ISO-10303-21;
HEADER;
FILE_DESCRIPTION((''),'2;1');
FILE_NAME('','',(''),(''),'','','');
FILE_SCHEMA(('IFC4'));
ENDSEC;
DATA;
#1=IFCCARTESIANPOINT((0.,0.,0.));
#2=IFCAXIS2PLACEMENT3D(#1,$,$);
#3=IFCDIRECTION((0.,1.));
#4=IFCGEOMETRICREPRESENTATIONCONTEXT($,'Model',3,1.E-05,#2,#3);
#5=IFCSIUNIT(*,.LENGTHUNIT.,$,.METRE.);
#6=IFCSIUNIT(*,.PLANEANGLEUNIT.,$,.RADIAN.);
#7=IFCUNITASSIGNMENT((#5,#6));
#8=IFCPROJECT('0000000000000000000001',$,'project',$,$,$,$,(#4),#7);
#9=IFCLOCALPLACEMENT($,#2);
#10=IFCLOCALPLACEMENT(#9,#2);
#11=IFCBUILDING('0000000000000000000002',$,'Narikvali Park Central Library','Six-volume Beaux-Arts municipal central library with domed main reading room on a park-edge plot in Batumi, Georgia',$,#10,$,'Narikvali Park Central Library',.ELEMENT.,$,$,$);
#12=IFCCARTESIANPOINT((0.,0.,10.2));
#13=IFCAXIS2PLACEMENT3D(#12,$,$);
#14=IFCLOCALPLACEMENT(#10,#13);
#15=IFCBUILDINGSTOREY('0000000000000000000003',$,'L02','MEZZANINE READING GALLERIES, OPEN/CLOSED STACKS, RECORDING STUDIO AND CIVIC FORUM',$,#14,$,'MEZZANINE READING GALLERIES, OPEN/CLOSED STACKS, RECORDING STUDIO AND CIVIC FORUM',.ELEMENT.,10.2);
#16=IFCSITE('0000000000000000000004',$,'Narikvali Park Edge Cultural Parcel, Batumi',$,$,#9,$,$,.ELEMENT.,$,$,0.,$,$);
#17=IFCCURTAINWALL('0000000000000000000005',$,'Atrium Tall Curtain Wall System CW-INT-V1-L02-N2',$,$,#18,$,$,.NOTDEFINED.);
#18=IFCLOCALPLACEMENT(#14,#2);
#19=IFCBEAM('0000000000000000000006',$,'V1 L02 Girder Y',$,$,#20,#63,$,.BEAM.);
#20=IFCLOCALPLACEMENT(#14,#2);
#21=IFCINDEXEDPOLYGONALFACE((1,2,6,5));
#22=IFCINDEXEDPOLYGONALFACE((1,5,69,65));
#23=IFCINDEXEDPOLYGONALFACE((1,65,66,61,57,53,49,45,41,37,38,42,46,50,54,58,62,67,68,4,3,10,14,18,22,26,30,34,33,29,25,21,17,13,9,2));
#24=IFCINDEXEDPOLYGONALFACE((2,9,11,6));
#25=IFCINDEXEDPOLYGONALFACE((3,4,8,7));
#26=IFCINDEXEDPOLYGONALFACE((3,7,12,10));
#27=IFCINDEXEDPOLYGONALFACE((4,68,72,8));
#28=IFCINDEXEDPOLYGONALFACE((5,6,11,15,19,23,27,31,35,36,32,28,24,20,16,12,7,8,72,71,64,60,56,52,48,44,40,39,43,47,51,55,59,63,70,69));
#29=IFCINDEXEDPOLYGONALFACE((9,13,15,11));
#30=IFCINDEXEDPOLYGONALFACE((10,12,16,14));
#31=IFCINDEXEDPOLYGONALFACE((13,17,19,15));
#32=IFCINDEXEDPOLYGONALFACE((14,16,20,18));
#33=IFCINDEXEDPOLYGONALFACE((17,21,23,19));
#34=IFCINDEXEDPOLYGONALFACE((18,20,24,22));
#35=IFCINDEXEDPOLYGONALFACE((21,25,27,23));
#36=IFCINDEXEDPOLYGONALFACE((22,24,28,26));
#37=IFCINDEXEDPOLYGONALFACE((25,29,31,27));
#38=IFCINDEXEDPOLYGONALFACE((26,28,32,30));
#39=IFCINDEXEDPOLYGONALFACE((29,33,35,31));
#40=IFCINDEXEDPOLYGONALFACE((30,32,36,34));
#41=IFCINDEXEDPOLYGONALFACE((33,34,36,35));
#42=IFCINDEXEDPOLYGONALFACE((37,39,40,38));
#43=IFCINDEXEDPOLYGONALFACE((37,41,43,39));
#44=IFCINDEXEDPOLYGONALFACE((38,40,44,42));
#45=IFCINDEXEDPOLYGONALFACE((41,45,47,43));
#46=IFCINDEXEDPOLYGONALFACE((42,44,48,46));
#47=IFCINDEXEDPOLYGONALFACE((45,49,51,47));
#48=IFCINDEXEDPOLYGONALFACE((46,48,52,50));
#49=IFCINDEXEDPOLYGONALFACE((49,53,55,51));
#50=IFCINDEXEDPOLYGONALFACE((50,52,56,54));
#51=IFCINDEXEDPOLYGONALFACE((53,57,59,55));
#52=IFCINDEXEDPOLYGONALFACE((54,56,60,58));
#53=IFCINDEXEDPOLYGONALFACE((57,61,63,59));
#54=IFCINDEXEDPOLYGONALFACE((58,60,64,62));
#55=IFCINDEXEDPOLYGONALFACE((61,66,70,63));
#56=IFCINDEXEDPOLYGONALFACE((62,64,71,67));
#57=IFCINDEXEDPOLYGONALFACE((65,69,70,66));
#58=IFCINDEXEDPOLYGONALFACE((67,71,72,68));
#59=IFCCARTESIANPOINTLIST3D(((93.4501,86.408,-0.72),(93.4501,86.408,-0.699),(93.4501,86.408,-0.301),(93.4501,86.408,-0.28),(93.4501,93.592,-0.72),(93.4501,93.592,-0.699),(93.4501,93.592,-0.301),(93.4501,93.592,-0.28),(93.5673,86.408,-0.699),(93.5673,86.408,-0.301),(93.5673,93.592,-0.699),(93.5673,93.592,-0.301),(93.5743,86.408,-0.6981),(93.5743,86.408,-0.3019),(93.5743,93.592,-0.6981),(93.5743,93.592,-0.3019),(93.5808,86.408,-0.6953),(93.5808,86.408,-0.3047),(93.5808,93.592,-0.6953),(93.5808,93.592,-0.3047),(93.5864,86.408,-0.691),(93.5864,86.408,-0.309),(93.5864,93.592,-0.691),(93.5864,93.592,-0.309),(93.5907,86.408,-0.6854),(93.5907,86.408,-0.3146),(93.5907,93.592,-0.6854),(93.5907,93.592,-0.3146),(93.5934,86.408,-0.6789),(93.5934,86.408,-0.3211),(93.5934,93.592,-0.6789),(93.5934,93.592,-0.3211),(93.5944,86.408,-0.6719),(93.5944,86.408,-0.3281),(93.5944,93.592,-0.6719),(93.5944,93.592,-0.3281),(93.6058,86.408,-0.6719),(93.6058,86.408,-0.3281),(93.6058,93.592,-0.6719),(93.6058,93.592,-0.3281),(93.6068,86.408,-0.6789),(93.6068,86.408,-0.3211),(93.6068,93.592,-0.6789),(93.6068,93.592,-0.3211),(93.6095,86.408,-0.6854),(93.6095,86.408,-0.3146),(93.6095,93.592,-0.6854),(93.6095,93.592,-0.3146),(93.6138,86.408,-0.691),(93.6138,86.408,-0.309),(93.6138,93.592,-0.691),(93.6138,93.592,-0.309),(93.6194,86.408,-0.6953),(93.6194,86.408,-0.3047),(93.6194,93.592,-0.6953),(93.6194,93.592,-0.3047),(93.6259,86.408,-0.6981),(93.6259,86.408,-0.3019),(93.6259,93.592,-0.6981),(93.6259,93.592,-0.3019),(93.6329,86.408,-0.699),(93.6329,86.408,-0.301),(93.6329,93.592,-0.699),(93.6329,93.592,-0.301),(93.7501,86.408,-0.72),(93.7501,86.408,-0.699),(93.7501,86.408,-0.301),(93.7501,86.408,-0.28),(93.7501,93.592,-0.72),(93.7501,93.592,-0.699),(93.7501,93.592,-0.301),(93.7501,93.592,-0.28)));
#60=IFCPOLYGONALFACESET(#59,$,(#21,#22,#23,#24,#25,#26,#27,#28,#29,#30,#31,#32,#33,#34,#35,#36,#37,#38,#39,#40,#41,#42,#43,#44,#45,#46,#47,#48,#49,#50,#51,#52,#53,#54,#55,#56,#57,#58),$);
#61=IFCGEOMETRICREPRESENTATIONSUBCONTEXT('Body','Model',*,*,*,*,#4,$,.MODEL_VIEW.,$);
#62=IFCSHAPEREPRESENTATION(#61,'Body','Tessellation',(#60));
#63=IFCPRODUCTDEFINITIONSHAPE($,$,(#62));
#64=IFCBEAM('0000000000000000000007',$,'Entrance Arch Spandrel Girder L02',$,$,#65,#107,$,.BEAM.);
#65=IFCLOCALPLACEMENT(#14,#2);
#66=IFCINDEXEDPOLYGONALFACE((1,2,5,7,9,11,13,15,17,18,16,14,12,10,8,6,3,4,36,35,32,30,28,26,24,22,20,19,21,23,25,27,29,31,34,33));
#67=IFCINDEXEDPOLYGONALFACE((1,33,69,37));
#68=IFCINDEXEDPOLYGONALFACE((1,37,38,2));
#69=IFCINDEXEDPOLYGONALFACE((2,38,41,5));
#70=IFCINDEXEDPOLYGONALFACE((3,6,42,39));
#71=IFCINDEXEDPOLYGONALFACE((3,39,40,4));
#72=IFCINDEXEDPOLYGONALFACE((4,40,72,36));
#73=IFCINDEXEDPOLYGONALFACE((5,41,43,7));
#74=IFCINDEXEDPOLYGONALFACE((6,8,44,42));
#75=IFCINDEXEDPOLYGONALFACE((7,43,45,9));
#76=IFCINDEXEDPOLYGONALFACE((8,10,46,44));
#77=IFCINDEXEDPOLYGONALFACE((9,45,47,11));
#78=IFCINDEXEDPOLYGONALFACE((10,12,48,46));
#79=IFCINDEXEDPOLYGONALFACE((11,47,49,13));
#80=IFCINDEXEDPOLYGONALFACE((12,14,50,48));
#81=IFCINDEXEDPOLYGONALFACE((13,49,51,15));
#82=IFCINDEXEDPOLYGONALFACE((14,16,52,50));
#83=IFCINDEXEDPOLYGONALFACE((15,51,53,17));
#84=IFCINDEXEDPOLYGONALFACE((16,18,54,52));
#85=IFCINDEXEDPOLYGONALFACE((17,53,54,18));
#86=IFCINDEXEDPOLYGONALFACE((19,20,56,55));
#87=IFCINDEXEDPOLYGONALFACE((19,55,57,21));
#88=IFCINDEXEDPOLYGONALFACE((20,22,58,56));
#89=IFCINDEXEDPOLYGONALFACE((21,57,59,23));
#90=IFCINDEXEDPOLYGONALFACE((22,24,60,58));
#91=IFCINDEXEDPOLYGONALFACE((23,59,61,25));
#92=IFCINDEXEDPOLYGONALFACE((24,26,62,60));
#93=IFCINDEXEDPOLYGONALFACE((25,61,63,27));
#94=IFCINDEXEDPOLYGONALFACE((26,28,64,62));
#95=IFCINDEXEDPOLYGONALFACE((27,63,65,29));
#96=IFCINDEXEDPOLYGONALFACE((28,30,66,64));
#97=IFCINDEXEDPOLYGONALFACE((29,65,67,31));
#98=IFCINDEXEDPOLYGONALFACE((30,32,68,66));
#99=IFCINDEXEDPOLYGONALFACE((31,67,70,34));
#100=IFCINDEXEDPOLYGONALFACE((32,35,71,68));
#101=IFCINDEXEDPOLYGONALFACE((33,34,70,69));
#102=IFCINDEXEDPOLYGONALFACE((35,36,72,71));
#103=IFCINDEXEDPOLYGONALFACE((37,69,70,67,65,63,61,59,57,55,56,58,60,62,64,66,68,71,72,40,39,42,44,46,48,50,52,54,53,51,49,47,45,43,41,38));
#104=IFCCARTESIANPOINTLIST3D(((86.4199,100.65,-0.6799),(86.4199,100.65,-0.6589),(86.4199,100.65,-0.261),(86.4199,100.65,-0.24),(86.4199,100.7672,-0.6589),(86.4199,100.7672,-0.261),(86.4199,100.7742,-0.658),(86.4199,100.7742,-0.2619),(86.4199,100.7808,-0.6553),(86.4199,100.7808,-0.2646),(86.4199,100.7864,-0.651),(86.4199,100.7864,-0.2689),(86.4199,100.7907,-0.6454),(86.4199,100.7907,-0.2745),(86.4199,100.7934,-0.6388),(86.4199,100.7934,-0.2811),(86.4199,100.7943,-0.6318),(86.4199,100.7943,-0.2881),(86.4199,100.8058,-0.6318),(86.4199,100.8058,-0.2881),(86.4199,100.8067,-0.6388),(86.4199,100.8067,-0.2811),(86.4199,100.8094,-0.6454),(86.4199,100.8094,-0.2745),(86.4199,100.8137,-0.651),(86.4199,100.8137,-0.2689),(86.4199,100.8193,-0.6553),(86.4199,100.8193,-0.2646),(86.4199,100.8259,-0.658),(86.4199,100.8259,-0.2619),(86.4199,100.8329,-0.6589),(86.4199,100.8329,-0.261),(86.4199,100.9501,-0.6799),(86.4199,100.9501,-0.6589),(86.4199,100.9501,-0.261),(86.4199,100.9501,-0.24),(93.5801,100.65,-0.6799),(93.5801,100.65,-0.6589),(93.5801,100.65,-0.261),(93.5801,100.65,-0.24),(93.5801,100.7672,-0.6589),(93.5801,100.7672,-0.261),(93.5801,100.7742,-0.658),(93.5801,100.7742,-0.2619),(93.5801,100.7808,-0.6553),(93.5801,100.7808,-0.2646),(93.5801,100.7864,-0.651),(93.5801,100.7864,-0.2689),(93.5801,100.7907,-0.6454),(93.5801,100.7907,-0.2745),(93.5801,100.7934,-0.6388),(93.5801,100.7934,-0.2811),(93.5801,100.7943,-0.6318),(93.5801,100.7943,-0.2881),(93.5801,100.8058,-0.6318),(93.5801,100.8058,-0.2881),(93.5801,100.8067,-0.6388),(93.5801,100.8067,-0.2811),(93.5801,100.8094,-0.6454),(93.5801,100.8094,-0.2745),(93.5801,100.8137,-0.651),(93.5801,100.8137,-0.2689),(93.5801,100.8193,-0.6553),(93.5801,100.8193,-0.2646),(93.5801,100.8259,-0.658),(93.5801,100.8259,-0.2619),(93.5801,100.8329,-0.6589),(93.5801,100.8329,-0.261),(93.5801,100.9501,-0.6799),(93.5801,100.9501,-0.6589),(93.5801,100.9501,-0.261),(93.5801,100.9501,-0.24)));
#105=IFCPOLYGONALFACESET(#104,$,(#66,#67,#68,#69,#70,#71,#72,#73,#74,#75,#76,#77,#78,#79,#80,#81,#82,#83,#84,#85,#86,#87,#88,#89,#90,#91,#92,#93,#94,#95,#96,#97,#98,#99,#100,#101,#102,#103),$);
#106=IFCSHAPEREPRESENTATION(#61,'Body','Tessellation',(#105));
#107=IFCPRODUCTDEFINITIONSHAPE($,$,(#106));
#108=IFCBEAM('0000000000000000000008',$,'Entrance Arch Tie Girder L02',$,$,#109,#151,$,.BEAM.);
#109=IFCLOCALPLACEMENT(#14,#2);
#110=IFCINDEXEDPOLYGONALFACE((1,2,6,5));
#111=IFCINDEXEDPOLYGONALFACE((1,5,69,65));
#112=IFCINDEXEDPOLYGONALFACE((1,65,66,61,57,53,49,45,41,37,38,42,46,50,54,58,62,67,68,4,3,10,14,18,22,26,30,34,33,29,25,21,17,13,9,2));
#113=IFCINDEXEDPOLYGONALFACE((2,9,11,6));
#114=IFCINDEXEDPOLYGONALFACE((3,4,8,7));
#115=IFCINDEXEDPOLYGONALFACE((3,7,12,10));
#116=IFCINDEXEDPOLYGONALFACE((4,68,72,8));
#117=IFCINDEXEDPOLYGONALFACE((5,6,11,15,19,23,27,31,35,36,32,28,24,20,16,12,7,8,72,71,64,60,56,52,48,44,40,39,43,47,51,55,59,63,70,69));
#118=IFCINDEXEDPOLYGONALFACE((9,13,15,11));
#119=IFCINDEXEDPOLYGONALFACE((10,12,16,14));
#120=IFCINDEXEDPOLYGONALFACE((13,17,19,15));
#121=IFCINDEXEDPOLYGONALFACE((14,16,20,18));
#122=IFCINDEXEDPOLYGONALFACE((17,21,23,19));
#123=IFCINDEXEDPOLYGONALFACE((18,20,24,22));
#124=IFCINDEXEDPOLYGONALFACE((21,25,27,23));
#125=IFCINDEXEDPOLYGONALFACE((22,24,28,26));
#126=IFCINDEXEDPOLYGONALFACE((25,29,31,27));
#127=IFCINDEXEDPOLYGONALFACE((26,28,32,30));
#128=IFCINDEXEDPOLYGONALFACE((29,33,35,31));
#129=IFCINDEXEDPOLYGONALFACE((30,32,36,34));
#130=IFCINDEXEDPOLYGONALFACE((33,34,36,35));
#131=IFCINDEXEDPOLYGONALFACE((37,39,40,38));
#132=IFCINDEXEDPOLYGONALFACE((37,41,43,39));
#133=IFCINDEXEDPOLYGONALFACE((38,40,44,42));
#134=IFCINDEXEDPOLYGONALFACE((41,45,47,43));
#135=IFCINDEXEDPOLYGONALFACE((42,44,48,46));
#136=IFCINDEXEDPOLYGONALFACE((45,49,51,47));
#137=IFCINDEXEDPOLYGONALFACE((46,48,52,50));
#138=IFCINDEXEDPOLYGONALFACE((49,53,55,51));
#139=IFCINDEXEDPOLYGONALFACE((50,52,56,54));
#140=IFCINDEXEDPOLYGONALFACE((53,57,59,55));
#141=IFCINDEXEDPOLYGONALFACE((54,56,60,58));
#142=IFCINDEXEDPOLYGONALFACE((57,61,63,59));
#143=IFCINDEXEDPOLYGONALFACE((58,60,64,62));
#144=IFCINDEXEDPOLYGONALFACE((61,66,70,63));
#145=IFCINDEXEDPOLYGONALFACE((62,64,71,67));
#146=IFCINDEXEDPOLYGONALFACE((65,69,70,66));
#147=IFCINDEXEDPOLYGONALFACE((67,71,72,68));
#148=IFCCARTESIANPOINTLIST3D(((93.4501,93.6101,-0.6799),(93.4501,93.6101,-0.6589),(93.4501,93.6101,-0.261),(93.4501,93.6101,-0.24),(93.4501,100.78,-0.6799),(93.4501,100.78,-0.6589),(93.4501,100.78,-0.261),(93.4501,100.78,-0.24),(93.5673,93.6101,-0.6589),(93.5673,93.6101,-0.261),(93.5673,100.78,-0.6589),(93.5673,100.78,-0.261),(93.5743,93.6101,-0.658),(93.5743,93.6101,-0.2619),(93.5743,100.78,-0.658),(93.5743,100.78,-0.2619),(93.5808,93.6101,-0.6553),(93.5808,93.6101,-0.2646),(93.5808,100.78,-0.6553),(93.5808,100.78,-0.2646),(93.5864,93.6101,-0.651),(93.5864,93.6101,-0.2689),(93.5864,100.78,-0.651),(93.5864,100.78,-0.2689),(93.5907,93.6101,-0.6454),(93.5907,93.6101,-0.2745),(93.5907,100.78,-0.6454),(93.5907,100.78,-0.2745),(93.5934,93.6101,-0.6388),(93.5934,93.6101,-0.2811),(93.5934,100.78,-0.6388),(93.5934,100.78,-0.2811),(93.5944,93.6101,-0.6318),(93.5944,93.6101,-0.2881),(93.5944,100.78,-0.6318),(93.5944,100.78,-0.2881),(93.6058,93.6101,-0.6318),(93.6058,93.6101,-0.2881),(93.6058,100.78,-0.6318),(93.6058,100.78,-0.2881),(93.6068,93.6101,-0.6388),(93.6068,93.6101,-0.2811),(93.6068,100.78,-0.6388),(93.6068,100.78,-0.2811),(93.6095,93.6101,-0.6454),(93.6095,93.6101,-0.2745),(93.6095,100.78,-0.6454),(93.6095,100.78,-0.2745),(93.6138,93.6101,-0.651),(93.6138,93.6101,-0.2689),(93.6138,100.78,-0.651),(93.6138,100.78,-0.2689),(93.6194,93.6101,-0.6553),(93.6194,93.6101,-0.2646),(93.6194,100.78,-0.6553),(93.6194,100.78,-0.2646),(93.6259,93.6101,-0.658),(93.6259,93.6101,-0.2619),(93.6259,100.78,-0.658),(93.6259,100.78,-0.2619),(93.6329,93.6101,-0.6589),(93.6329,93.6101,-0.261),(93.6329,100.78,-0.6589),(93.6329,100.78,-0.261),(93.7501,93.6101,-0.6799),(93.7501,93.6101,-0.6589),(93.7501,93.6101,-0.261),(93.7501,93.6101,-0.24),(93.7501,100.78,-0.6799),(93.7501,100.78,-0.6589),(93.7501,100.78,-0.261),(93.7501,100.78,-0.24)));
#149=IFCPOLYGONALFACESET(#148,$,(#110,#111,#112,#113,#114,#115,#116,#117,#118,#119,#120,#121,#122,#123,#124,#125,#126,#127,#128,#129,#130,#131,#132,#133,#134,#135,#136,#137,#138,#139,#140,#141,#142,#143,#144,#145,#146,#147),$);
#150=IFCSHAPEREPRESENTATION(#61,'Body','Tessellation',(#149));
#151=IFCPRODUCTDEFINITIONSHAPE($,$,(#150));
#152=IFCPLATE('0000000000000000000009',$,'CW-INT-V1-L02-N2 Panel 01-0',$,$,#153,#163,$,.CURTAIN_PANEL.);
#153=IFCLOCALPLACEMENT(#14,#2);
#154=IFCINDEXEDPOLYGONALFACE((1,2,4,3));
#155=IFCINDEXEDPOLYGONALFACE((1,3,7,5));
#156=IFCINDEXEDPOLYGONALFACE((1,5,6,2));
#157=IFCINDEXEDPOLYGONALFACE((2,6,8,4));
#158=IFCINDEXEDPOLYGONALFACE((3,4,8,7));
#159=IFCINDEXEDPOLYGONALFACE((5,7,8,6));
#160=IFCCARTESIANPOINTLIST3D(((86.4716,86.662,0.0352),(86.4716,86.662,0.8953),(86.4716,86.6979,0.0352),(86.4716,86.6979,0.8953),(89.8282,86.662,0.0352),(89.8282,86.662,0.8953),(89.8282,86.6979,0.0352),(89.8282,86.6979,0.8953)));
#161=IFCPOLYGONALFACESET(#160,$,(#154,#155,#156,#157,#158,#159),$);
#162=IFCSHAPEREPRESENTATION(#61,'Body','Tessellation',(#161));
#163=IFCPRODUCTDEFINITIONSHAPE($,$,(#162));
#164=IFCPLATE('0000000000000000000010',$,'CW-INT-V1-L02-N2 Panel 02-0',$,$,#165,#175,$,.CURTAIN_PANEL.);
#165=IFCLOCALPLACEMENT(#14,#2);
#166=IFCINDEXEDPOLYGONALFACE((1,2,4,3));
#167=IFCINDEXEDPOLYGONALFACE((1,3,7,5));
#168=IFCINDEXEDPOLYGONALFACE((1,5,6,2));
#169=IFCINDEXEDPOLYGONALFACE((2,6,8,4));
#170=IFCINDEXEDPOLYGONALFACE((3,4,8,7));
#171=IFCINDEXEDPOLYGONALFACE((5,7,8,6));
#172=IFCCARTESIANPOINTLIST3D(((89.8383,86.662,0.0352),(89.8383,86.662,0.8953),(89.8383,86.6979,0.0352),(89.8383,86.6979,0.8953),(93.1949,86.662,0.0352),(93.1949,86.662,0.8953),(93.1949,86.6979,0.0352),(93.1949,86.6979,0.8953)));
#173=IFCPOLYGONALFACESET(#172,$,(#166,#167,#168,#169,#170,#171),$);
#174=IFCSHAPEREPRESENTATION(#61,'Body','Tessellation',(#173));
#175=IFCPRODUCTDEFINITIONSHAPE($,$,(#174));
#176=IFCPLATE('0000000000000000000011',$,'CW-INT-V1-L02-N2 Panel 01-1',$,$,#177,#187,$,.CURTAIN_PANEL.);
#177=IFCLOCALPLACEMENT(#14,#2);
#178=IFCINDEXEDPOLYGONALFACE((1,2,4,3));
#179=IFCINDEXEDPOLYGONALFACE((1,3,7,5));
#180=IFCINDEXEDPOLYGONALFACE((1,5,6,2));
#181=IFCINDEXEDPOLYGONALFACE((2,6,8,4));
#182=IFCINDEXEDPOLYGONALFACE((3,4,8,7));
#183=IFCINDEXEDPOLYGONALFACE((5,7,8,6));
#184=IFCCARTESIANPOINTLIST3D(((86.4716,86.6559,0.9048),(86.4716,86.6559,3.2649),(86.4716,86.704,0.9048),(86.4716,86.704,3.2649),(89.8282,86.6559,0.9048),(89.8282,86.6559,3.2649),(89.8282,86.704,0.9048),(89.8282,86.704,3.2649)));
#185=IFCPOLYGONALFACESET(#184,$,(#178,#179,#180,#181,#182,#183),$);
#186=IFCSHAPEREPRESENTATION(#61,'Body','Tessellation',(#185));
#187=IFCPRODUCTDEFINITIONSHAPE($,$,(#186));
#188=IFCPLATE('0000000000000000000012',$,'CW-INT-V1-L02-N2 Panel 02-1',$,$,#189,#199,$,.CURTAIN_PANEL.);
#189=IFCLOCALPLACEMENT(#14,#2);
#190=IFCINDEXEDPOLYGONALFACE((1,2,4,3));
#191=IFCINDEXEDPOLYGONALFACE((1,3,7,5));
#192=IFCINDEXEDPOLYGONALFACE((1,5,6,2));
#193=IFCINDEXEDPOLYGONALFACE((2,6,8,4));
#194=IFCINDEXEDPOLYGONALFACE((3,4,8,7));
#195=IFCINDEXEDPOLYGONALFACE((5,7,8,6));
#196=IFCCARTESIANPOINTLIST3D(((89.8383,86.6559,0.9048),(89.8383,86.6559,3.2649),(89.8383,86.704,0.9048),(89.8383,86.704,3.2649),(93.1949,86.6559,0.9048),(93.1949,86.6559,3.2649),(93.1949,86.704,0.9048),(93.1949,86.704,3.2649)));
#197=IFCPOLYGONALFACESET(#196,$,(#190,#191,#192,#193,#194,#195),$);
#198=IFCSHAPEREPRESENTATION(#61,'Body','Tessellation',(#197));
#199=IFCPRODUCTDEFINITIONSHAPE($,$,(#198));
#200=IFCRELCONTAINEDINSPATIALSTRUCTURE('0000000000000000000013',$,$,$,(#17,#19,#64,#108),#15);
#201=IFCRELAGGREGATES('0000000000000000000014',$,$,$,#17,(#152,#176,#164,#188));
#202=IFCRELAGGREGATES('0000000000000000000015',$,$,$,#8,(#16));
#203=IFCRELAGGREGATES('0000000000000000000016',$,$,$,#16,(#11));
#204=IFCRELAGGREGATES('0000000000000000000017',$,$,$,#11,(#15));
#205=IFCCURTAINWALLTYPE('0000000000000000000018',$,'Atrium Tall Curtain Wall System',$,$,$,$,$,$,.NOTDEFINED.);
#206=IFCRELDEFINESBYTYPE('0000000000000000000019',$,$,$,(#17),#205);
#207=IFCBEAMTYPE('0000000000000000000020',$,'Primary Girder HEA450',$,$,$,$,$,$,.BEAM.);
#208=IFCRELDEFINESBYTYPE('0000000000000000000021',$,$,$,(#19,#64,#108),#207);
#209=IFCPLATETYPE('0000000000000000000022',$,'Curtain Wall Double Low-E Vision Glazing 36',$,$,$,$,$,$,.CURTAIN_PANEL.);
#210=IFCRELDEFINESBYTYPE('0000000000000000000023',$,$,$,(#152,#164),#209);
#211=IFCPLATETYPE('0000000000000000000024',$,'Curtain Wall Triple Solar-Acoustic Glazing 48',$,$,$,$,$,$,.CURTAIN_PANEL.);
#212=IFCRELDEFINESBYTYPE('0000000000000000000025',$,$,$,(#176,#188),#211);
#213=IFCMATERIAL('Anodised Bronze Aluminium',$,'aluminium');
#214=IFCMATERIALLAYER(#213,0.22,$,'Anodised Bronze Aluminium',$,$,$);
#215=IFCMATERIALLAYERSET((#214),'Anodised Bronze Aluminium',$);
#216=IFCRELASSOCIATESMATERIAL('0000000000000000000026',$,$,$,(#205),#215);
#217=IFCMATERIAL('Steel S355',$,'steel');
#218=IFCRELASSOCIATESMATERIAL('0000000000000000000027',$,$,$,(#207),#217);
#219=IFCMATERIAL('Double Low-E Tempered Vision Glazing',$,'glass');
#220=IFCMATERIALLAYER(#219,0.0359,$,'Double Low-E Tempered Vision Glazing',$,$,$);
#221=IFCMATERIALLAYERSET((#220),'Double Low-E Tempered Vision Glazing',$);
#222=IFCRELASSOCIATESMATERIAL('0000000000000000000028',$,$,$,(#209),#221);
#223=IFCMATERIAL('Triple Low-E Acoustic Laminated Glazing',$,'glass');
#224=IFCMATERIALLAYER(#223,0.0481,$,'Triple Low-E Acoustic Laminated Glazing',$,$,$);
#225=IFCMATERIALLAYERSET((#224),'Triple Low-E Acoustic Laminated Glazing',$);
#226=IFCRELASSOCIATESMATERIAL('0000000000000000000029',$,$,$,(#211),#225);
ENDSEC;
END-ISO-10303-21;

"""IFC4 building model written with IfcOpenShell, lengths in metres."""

from ifc_helpers import new_model, si_unit, direction, frame, origin, origin_2d, place, context, subcontext, project, spatial, rectangle, i_section, extrude, material, layer, layer_set, material_profile, profile_set, type_object, element, aggregate, save


model = new_model("IFC4")

# Units and contexts
model_context = context("Model", 3, precision=1e-05, world=origin(), true_north=direction((0.0, 1.0)))
body_context = subcontext(model_context, "Body", "Model", "MODEL_VIEW")
ifc_project = project(units=[si_unit("LENGTHUNIT", "METRE"), si_unit("PLANEANGLEUNIT", "RADIAN")], contexts=[model_context])

# Site, building, storey
site_placement = place(None, origin())
site = spatial("IfcSite", under=ifc_project, at=site_placement, Name="Narikvali Park Edge Cultural Parcel, Batumi", CompositionType="ELEMENT", RefElevation=0.0)
building_placement = place(site_placement, origin())
building = spatial("IfcBuilding", under=site, at=building_placement, Name="Narikvali Park Central Library", Description="Six-volume Beaux-Arts municipal central library with domed main reading room on a park-edge plot in Batumi, Georgia", LongName="Narikvali Park Central Library", CompositionType="ELEMENT")
storey_placement = place(building_placement, frame((0.0, 0.0, 10.2)))
storey = spatial("IfcBuildingStorey", under=building, at=storey_placement, Name="L02", Description="MEZZANINE READING GALLERIES, OPEN/CLOSED STACKS, RECORDING STUDIO AND CIVIC FORUM", LongName="MEZZANINE READING GALLERIES, OPEN/CLOSED STACKS, RECORDING STUDIO AND CIVIC FORUM", CompositionType="ELEMENT", Elevation=10.2)

# Shared definitions
ifc_material_1 = material(Name="Steel S355", Category="steel")

# Curtain wall
ifc_material_2 = material(Name="Anodised Bronze Aluminium", Category="aluminium")
ifc_layer_1 = layer(ifc_material_2, 0.22, Name="Anodised Bronze Aluminium")
ifc_layer_set_1 = layer_set([ifc_layer_1], Name="Anodised Bronze Aluminium")
curtain_wall_type = type_object("IfcCurtainWallType", Name="Atrium Tall Curtain Wall System", PredefinedType="NOTDEFINED", material=ifc_layer_set_1)
curtain_wall_placement = place(storey_placement, origin())
curtain_wall = element("IfcCurtainWall", 1, at=curtain_wall_placement, inside=storey, type_object=curtain_wall_type, Name="Atrium Tall Curtain Wall System CW-INT-V1-L02-N2", PredefinedType="NOTDEFINED")

# Beams
ifc_material_profile_1 = material_profile(ifc_material_1, i_section(OverallWidth=0.3, OverallDepth=0.4399, WebThickness=0.0115, FlangeThickness=0.021, FilletRadius=0.0271, at=origin_2d()), Name="HEA 450")
ifc_profile_set_1 = profile_set([ifc_material_profile_1], Name="Steel S355")
beam_type_1 = type_object("IfcBeamType", Name="Primary Girder HEA450", PredefinedType="BEAM", material=ifc_profile_set_1)
beam_1_placement = place(storey_placement, frame((93.6001, 86.408, -0.5), z_axis=(0.0, 1.0, 0.0), x_axis=(-1.0, 0.0, 0.0)))
element("IfcBeam", 2, at=beam_1_placement, inside=storey, type_object=beam_type_1, Name="V1 L02 Girder Y", PredefinedType="BEAM", context=body_context, shape_type="SweptSolid", body=[
    extrude(i_section(OverallWidth=0.3, OverallDepth=0.4399, WebThickness=0.0115, FlangeThickness=0.021, FilletRadius=0.0271, at=origin_2d()), origin(), (0.0, 0.0, 1.0), 7.1841),
])
beam_2_placement = place(storey_placement, frame((86.4199, 100.8, -0.46), z_axis=(1.0, 0.0, 0.0), x_axis=(0.0, 1.0, 0.0)))
element("IfcBeam", 3, at=beam_2_placement, inside=storey, type_object=beam_type_1, Name="Entrance Arch Spandrel Girder L02", PredefinedType="BEAM", context=body_context, shape_type="SweptSolid", body=[
    extrude(i_section(OverallWidth=0.3, OverallDepth=0.4399, WebThickness=0.0115, FlangeThickness=0.021, FilletRadius=0.0271, at=origin_2d()), origin(), (0.0, 0.0, 1.0), 7.1602),
])
beam_3_placement = place(storey_placement, frame((93.6001, 93.6101, -0.46), z_axis=(0.0, 1.0, 0.0), x_axis=(-1.0, 0.0, 0.0)))
element("IfcBeam", 4, at=beam_3_placement, inside=storey, type_object=beam_type_1, Name="Entrance Arch Tie Girder L02", PredefinedType="BEAM", context=body_context, shape_type="SweptSolid", body=[
    extrude(i_section(OverallWidth=0.3, OverallDepth=0.4399, WebThickness=0.0115, FlangeThickness=0.021, FilletRadius=0.0271, at=origin_2d()), origin(), (0.0, 0.0, 1.0), 7.1699),
])

# Plates
ifc_material_3 = material(Name="Double Low-E Tempered Vision Glazing", Category="glass")
ifc_layer_2 = layer(ifc_material_3, 0.0359, Name="Double Low-E Tempered Vision Glazing")
ifc_layer_set_2 = layer_set([ifc_layer_2], Name="Double Low-E Tempered Vision Glazing")
plate_type_1 = type_object("IfcPlateType", Name="Curtain Wall Double Low-E Vision Glazing 36", PredefinedType="CURTAIN_PANEL", material=ifc_layer_set_2)
plate_1_placement = place(storey_placement, frame((88.1499, 86.6799, 0.0352), z_axis=(0.0, 0.0, 1.0), x_axis=(1.0, 0.0, 0.0)))
plate_1 = element("IfcPlate", 5, at=plate_1_placement, type_object=plate_type_1, Name="CW-INT-V1-L02-N2 Panel 01-0", PredefinedType="CURTAIN_PANEL", context=body_context, shape_type="SweptSolid", body=[
    extrude(rectangle(XDim=3.3567, YDim=0.0359, at=origin_2d()), origin(), (0.0, 0.0, 1.0), 0.8601),
])
plate_2_placement = place(storey_placement, frame((91.5166, 86.6799, 0.0352), z_axis=(0.0, 0.0, 1.0), x_axis=(1.0, 0.0, 0.0)))
plate_2 = element("IfcPlate", 6, at=plate_2_placement, type_object=plate_type_1, Name="CW-INT-V1-L02-N2 Panel 02-0", PredefinedType="CURTAIN_PANEL", context=body_context, shape_type="SweptSolid", body=[
    extrude(rectangle(XDim=3.3567, YDim=0.0359, at=origin_2d()), origin(), (0.0, 0.0, 1.0), 0.8601),
])
ifc_material_4 = material(Name="Triple Low-E Acoustic Laminated Glazing", Category="glass")
ifc_layer_3 = layer(ifc_material_4, 0.0481, Name="Triple Low-E Acoustic Laminated Glazing")
ifc_layer_set_3 = layer_set([ifc_layer_3], Name="Triple Low-E Acoustic Laminated Glazing")
plate_type_2 = type_object("IfcPlateType", Name="Curtain Wall Triple Solar-Acoustic Glazing 48", PredefinedType="CURTAIN_PANEL", material=ifc_layer_set_3)
plate_3_placement = place(storey_placement, frame((88.1499, 86.6799, 0.9048), z_axis=(0.0, 0.0, 1.0), x_axis=(1.0, 0.0, 0.0)))
plate_3 = element("IfcPlate", 7, at=plate_3_placement, type_object=plate_type_2, Name="CW-INT-V1-L02-N2 Panel 01-1", PredefinedType="CURTAIN_PANEL", context=body_context, shape_type="SweptSolid", body=[
    extrude(rectangle(XDim=3.3567, YDim=0.0481, at=origin_2d()), origin(), (0.0, 0.0, 1.0), 2.3601),
])
plate_4_placement = place(storey_placement, frame((91.5166, 86.6799, 0.9048), z_axis=(0.0, 0.0, 1.0), x_axis=(1.0, 0.0, 0.0)))
plate_4 = element("IfcPlate", 8, at=plate_4_placement, type_object=plate_type_2, Name="CW-INT-V1-L02-N2 Panel 02-1", PredefinedType="CURTAIN_PANEL", context=body_context, shape_type="SweptSolid", body=[
    extrude(rectangle(XDim=3.3567, YDim=0.0481, at=origin_2d()), origin(), (0.0, 0.0, 1.0), 2.3601),
])
aggregate(curtain_wall, [plate_1, plate_3, plate_2, plate_4])

save(model, "model.ifc")
